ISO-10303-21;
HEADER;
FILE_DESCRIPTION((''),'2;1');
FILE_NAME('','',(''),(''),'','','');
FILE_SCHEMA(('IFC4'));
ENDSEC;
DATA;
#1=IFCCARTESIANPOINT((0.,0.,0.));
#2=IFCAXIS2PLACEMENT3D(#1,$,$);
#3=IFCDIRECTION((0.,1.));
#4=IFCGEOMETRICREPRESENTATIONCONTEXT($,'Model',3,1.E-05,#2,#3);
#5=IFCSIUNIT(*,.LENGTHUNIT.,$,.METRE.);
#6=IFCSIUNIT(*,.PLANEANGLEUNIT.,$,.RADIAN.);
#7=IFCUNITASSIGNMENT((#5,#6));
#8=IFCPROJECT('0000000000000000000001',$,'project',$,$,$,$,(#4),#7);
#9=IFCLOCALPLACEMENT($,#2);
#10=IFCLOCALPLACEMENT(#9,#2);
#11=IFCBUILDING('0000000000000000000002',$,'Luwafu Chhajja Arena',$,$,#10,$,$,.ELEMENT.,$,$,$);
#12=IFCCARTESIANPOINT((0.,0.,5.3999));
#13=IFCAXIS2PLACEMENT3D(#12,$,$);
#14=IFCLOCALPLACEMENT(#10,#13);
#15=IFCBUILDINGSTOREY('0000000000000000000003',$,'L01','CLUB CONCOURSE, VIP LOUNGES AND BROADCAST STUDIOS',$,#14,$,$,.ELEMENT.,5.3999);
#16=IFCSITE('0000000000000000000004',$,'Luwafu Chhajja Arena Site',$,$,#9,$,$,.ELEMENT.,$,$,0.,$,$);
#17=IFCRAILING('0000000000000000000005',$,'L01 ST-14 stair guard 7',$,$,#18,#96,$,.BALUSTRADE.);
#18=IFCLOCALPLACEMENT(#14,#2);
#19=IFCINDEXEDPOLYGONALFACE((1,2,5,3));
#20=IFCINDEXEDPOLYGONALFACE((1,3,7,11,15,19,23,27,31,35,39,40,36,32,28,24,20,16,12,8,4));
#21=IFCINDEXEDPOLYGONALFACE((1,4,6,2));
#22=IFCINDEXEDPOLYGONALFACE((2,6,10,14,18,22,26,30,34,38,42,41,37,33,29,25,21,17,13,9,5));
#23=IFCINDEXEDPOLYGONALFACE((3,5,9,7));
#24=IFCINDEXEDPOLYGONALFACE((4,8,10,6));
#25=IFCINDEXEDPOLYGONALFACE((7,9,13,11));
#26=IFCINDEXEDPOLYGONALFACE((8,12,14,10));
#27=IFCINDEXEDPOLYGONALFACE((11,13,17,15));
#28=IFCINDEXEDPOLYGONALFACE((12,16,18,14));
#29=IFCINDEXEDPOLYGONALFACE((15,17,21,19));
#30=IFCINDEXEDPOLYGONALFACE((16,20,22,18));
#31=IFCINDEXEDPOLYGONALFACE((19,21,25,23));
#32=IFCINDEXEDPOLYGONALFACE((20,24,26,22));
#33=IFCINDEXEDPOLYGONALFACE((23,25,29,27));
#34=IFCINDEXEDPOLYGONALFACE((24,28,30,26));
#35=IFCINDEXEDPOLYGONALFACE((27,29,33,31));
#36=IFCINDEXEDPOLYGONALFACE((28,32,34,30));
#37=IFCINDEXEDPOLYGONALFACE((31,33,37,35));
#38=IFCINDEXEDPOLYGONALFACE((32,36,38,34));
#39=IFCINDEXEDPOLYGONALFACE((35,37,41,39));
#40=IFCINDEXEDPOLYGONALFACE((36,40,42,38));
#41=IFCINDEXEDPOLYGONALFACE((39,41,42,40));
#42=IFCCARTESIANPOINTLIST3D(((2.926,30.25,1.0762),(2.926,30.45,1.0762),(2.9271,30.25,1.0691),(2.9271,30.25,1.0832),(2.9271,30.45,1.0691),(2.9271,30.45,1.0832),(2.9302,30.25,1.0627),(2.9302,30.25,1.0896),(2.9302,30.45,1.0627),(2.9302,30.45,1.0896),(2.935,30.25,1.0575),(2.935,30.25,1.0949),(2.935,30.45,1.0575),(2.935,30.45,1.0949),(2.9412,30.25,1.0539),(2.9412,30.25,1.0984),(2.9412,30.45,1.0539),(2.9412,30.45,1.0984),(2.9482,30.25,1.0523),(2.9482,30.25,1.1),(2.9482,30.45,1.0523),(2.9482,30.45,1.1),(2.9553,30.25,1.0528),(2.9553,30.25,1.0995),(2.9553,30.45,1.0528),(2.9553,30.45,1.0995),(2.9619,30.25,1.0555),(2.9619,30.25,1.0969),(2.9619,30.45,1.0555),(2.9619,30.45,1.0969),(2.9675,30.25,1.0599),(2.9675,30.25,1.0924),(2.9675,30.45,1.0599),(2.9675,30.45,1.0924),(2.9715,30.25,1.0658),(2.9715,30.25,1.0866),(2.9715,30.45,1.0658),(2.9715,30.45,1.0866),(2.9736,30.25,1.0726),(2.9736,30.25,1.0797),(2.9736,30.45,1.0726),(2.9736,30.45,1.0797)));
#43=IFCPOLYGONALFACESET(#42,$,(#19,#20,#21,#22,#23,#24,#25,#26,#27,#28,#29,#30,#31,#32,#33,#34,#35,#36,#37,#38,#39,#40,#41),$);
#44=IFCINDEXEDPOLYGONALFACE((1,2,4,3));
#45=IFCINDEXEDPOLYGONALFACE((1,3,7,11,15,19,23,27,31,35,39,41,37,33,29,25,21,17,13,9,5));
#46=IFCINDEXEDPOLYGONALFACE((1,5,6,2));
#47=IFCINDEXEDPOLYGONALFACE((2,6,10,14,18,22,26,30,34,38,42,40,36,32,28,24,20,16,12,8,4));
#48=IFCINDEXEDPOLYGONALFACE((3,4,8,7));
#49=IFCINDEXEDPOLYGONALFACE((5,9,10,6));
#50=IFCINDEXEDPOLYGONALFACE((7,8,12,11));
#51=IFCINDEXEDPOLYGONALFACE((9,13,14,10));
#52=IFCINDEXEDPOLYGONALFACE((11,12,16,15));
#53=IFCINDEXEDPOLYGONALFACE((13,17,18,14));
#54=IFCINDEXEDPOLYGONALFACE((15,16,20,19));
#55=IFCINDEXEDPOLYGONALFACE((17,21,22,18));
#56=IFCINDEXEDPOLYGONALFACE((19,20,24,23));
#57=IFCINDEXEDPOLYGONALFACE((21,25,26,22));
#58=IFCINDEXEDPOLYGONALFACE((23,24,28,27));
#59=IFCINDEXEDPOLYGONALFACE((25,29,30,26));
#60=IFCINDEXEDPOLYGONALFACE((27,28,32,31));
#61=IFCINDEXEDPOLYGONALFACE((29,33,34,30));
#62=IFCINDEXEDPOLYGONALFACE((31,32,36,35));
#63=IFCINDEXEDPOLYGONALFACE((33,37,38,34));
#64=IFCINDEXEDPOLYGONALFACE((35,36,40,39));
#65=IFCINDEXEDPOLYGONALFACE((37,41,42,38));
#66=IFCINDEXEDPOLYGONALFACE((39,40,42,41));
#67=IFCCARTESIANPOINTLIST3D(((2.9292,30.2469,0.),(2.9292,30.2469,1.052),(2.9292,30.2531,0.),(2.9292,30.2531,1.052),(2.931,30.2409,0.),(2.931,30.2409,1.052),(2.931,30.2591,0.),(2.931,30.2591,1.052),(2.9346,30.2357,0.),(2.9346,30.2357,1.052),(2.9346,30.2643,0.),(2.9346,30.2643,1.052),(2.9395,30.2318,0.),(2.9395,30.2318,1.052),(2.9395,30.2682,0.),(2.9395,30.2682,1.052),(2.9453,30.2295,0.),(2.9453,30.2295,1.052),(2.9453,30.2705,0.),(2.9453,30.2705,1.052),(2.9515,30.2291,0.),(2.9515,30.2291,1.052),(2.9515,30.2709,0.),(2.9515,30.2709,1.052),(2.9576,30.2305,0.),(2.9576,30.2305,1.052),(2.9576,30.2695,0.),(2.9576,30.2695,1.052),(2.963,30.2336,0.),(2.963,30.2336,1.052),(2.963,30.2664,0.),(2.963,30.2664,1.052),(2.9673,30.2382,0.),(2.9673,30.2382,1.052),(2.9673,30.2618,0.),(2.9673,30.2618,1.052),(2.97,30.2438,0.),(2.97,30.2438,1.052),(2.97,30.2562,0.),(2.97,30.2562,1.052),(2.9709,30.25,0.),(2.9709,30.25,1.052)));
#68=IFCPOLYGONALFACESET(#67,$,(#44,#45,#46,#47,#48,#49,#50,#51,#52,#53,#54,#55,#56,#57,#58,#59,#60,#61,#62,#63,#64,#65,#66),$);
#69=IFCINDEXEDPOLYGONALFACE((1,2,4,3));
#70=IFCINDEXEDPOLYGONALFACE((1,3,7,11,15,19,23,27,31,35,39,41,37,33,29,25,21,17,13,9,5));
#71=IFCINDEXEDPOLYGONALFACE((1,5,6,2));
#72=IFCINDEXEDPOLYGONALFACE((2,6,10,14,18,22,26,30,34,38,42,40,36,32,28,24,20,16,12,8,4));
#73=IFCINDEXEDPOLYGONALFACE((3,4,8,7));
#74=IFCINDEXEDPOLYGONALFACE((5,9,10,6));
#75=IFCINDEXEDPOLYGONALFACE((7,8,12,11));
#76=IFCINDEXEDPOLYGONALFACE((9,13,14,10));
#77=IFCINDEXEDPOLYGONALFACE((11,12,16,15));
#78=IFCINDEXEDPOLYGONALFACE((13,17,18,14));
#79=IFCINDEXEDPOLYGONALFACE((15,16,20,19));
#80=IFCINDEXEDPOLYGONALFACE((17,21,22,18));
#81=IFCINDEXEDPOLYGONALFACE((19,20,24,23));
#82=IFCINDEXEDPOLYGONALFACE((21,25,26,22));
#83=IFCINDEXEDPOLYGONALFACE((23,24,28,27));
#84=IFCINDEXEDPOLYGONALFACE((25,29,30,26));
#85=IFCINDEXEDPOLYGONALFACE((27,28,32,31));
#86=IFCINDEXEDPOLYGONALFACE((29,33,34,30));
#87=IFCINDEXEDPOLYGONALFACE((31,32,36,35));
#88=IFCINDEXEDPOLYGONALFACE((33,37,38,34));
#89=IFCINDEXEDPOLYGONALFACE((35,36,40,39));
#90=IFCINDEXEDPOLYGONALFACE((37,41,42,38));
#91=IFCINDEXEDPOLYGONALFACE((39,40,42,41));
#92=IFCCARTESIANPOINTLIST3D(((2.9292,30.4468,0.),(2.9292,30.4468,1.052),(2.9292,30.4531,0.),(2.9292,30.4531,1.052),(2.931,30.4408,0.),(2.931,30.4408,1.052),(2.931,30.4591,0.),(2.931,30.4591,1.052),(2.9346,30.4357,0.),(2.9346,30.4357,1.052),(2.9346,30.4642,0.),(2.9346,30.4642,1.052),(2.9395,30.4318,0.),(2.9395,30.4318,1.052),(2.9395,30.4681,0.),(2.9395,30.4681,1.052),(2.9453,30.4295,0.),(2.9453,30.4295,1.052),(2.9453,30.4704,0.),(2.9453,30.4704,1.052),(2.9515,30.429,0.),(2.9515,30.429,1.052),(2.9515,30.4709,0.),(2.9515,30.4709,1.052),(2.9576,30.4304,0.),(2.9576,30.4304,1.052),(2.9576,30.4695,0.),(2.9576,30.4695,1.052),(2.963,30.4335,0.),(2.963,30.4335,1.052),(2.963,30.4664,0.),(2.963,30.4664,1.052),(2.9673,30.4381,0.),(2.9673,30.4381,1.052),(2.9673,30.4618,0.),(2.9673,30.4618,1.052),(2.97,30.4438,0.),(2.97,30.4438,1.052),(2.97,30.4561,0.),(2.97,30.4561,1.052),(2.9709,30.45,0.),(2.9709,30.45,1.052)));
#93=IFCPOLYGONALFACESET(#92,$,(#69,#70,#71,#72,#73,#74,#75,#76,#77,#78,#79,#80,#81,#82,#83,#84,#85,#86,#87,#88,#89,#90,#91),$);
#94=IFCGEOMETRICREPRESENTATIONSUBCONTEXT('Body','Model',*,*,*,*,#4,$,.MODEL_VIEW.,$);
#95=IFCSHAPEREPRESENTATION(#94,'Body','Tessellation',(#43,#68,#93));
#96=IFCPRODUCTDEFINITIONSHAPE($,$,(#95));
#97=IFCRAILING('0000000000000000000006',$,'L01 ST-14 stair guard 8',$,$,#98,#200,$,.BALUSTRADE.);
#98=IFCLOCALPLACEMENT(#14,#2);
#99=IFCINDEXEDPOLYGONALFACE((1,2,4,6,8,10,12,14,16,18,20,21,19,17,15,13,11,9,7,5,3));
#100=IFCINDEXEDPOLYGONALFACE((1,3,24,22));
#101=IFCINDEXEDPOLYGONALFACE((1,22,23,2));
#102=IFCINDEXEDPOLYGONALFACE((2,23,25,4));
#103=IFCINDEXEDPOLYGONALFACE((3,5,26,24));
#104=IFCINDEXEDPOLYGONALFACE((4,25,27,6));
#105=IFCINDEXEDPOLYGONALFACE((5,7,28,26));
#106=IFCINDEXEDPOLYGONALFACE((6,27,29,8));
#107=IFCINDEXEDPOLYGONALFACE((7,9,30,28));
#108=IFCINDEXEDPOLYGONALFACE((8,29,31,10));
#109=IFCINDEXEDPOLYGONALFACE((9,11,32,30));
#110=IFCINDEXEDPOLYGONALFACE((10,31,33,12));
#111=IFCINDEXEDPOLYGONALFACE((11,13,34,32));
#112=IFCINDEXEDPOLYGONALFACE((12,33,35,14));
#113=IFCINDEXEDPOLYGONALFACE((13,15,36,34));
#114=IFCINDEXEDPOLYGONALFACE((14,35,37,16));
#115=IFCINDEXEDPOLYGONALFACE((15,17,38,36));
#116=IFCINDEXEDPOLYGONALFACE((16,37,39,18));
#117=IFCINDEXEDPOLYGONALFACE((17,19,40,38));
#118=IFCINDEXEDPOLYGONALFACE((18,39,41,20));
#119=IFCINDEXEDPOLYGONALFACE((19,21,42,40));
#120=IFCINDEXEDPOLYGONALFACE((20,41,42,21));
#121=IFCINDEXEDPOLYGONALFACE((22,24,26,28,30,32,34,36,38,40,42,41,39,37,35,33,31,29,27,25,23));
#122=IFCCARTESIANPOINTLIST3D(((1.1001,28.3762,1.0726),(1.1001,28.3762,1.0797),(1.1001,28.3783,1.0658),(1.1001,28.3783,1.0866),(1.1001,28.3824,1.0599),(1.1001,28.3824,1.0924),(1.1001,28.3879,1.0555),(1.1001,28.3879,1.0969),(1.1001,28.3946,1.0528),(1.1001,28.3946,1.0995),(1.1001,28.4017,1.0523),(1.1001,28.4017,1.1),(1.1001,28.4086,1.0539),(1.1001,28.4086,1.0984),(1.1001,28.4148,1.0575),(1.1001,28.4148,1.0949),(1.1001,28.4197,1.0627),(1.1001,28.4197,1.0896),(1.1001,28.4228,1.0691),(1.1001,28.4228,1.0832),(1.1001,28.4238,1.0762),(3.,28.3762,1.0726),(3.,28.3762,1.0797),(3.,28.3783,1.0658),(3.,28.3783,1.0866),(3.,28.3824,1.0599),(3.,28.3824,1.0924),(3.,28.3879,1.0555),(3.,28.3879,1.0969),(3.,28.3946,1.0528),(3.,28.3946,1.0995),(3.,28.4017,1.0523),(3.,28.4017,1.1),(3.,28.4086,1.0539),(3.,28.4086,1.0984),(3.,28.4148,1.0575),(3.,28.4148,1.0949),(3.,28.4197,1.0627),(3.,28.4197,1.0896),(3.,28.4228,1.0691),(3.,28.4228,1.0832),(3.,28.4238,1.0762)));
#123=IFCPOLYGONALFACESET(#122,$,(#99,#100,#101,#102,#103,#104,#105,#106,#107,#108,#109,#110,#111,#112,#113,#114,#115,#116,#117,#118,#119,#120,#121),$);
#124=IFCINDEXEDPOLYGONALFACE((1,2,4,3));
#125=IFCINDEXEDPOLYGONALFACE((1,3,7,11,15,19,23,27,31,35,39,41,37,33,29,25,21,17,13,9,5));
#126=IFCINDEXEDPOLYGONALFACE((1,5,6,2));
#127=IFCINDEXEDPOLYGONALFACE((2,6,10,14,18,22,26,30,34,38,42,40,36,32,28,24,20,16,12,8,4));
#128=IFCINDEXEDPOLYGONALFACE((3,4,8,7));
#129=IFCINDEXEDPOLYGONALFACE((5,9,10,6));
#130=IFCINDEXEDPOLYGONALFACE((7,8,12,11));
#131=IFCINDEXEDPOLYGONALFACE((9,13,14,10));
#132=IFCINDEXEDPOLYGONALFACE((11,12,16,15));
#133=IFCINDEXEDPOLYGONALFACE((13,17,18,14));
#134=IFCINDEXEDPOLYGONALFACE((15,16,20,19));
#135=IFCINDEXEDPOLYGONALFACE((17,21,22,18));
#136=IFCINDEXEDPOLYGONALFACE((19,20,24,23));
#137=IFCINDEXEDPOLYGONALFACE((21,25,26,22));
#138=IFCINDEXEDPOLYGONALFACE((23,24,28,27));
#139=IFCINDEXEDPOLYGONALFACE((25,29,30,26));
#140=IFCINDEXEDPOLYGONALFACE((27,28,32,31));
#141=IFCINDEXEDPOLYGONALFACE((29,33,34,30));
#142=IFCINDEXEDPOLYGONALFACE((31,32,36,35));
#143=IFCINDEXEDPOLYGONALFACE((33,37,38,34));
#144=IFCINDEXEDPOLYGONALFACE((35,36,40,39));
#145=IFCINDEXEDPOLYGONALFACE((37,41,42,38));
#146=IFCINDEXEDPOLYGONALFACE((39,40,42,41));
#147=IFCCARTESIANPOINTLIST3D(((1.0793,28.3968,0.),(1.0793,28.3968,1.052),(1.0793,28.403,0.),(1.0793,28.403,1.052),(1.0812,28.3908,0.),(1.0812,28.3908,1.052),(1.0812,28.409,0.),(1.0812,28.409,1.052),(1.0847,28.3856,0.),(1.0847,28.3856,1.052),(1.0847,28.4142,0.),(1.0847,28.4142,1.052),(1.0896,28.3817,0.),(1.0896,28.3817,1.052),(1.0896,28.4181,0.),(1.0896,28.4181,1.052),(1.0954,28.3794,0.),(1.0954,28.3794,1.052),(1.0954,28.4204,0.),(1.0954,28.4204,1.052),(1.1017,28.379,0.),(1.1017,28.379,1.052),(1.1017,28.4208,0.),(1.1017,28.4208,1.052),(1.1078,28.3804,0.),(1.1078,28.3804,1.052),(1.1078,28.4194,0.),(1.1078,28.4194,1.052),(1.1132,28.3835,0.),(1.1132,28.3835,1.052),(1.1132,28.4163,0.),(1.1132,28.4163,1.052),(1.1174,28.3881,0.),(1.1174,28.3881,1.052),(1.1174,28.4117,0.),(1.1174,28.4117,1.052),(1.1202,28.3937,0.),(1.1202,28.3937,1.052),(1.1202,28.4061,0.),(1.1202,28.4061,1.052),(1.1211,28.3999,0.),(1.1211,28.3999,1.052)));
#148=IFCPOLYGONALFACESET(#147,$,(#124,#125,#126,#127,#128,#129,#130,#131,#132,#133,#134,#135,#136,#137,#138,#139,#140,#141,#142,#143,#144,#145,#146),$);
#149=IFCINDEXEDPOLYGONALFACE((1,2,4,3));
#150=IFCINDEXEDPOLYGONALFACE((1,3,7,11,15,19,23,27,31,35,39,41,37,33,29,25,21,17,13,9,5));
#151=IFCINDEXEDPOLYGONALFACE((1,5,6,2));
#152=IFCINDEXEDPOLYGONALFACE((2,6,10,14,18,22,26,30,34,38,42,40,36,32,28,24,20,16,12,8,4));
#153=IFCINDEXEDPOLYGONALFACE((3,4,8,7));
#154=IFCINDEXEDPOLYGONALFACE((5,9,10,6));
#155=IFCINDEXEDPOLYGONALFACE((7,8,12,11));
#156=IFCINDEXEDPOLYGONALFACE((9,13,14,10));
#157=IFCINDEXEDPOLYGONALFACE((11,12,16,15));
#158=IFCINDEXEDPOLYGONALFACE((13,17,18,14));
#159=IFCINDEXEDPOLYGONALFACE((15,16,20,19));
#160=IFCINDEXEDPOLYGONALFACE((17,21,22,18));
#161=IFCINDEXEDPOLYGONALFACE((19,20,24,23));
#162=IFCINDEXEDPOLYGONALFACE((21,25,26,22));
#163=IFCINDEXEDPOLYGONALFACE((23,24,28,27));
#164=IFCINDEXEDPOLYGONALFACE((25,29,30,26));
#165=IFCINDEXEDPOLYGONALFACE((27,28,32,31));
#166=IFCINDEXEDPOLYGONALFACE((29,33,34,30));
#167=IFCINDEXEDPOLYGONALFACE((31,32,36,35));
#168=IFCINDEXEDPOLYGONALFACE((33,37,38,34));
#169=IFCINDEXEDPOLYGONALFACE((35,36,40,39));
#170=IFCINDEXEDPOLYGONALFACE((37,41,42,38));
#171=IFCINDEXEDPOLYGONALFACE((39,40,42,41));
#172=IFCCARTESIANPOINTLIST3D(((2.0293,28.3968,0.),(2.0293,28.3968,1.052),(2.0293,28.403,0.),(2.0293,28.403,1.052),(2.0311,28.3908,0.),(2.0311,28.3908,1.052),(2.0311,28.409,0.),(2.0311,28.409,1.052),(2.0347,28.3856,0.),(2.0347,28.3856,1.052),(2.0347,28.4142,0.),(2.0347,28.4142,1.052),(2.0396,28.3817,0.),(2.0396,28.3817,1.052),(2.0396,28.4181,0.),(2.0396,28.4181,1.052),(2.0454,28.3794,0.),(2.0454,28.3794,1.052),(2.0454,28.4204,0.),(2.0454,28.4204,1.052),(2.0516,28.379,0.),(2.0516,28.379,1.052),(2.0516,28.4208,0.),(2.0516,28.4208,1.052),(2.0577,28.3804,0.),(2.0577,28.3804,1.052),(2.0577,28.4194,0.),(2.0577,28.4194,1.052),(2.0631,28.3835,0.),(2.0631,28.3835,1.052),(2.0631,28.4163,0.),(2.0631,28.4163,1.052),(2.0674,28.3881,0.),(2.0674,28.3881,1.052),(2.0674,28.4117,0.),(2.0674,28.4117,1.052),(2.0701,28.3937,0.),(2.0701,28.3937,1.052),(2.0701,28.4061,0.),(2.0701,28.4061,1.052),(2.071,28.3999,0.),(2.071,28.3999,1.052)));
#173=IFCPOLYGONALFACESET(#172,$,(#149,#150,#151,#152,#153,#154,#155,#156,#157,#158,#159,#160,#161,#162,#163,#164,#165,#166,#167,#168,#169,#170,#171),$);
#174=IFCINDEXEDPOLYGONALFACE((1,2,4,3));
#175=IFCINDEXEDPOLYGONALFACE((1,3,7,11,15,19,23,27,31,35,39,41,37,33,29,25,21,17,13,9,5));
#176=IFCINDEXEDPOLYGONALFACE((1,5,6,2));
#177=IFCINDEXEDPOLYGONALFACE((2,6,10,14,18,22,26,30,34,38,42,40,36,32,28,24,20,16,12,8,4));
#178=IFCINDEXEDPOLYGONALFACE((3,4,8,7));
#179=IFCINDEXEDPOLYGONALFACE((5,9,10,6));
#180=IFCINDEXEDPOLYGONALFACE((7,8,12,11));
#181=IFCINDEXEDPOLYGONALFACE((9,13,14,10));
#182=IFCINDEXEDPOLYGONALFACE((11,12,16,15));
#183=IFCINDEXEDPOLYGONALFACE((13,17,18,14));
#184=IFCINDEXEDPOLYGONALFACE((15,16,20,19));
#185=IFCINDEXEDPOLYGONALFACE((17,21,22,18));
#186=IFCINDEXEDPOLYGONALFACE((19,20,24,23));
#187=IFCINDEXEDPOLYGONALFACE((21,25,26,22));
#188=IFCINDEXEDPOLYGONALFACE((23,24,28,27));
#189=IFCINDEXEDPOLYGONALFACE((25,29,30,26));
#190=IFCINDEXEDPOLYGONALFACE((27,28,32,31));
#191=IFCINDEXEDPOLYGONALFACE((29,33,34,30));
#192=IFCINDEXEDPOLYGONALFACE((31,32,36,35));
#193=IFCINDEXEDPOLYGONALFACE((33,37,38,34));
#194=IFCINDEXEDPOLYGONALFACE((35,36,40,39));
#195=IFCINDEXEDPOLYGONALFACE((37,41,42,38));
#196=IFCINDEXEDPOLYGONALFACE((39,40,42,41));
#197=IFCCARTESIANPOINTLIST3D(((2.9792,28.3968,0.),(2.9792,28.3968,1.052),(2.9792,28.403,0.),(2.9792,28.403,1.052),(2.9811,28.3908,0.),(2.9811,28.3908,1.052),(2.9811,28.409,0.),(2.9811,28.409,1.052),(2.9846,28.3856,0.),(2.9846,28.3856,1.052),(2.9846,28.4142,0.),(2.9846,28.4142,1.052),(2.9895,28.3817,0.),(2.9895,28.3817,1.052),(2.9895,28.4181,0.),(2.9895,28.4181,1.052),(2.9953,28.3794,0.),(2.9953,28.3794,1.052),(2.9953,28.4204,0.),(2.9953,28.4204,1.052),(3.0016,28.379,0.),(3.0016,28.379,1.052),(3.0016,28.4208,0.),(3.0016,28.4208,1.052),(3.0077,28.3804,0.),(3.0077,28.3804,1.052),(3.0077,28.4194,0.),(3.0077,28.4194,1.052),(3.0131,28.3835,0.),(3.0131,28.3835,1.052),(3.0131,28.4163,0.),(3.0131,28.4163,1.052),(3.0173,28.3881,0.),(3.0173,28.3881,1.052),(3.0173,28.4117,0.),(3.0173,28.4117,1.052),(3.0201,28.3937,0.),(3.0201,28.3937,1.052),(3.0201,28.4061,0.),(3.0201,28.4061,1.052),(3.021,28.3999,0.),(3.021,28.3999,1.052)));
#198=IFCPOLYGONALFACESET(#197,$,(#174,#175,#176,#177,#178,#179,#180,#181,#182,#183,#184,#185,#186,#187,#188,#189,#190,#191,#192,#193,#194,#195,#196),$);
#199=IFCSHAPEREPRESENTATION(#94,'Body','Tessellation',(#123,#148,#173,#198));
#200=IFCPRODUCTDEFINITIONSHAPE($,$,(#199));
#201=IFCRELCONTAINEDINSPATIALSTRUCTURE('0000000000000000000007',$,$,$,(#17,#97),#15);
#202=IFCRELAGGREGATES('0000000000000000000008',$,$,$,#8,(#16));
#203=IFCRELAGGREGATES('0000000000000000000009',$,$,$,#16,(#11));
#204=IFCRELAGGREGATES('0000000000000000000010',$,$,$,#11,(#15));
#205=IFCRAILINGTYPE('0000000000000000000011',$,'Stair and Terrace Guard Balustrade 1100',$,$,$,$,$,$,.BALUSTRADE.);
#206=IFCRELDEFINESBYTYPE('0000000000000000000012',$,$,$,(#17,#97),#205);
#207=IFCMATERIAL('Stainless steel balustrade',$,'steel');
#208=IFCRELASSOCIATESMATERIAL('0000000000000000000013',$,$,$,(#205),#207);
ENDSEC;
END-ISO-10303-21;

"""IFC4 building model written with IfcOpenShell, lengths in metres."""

from ifc_helpers import new_model, si_unit, direction, frame, origin, origin_2d, place, context, subcontext, project, spatial, circle, extrude, material, type_object, element, save


model = new_model("IFC4")

# Units and contexts
model_context = context("Model", 3, precision=1e-05, world=origin(), true_north=direction((0.0, 1.0)))
body_context = subcontext(model_context, "Body", "Model", "MODEL_VIEW")
ifc_project = project(units=[si_unit("LENGTHUNIT", "METRE"), si_unit("PLANEANGLEUNIT", "RADIAN")], contexts=[model_context])

# Site, building, storey
site_placement = place(None, origin())
site = spatial("IfcSite", under=ifc_project, at=site_placement, Name="Luwafu Chhajja Arena Site", CompositionType="ELEMENT", RefElevation=0.0)
building_placement = place(site_placement, origin())
building = spatial("IfcBuilding", under=site, at=building_placement, Name="Luwafu Chhajja Arena", CompositionType="ELEMENT")
storey_placement = place(building_placement, frame((0.0, 0.0, 5.3999)))
storey = spatial("IfcBuildingStorey", under=building, at=storey_placement, Name="L01", Description="CLUB CONCOURSE, VIP LOUNGES AND BROADCAST STUDIOS", CompositionType="ELEMENT", Elevation=5.3999)

# Railings
ifc_material_1 = material(Name="Stainless steel balustrade", Category="steel")
railing_type_1 = type_object("IfcRailingType", Name="Stair and Terrace Guard Balustrade 1100", PredefinedType="BALUSTRADE", material=ifc_material_1)
railing_1_placement = place(storey_placement, frame((2.95, 30.25, 0.0)))
element("IfcRailing", 1, at=railing_1_placement, inside=storey, type_object=railing_type_1, Name="L01 ST-14 stair guard 7", PredefinedType="BALUSTRADE", context=body_context, shape_type="SweptSolid", body=[
    extrude(circle(Radius=0.0239, at=origin_2d()), frame((0.0, 0.0, 1.0762), z_axis=(0.0, 1.0, 0.0), x_axis=(-1.0, 0.0, 0.0)), (0.0, 0.0, 1.0), 0.2),
    extrude(circle(Radius=0.021, at=origin_2d()), origin(), (0.0, 0.0, 1.0), 1.052),
    extrude(circle(Radius=0.021, at=origin_2d()), frame((0.0, 0.2, 0.0)), (0.0, 0.0, 1.0), 1.052),
])
for number, where, name in (
    (2, (1.1001, 28.3999, 0.0), "L01 ST-14 stair guard 8"),
):
    element("IfcRailing", number, at=place(storey_placement, frame(where)), inside=storey, type_object=railing_type_1, Name=name, PredefinedType="BALUSTRADE", context=body_context, shape_type="SweptSolid", body=[
        extrude(circle(Radius=0.0239, at=origin_2d()), frame((0.0, 0.0, 1.0762), z_axis=(1.0, 0.0, 0.0), x_axis=(0.0, 1.0, 0.0)), (0.0, 0.0, 1.0), 1.8999),
        extrude(circle(Radius=0.021, at=origin_2d()), origin(), (0.0, 0.0, 1.0), 1.052),
        extrude(circle(Radius=0.021, at=origin_2d()), frame((0.95, 0.0, 0.0)), (0.0, 0.0, 1.0), 1.052),
        extrude(circle(Radius=0.021, at=origin_2d()), frame((1.8999, 0.0, 0.0)), (0.0, 0.0, 1.0), 1.052),
    ])

save(model, "model.ifc")
